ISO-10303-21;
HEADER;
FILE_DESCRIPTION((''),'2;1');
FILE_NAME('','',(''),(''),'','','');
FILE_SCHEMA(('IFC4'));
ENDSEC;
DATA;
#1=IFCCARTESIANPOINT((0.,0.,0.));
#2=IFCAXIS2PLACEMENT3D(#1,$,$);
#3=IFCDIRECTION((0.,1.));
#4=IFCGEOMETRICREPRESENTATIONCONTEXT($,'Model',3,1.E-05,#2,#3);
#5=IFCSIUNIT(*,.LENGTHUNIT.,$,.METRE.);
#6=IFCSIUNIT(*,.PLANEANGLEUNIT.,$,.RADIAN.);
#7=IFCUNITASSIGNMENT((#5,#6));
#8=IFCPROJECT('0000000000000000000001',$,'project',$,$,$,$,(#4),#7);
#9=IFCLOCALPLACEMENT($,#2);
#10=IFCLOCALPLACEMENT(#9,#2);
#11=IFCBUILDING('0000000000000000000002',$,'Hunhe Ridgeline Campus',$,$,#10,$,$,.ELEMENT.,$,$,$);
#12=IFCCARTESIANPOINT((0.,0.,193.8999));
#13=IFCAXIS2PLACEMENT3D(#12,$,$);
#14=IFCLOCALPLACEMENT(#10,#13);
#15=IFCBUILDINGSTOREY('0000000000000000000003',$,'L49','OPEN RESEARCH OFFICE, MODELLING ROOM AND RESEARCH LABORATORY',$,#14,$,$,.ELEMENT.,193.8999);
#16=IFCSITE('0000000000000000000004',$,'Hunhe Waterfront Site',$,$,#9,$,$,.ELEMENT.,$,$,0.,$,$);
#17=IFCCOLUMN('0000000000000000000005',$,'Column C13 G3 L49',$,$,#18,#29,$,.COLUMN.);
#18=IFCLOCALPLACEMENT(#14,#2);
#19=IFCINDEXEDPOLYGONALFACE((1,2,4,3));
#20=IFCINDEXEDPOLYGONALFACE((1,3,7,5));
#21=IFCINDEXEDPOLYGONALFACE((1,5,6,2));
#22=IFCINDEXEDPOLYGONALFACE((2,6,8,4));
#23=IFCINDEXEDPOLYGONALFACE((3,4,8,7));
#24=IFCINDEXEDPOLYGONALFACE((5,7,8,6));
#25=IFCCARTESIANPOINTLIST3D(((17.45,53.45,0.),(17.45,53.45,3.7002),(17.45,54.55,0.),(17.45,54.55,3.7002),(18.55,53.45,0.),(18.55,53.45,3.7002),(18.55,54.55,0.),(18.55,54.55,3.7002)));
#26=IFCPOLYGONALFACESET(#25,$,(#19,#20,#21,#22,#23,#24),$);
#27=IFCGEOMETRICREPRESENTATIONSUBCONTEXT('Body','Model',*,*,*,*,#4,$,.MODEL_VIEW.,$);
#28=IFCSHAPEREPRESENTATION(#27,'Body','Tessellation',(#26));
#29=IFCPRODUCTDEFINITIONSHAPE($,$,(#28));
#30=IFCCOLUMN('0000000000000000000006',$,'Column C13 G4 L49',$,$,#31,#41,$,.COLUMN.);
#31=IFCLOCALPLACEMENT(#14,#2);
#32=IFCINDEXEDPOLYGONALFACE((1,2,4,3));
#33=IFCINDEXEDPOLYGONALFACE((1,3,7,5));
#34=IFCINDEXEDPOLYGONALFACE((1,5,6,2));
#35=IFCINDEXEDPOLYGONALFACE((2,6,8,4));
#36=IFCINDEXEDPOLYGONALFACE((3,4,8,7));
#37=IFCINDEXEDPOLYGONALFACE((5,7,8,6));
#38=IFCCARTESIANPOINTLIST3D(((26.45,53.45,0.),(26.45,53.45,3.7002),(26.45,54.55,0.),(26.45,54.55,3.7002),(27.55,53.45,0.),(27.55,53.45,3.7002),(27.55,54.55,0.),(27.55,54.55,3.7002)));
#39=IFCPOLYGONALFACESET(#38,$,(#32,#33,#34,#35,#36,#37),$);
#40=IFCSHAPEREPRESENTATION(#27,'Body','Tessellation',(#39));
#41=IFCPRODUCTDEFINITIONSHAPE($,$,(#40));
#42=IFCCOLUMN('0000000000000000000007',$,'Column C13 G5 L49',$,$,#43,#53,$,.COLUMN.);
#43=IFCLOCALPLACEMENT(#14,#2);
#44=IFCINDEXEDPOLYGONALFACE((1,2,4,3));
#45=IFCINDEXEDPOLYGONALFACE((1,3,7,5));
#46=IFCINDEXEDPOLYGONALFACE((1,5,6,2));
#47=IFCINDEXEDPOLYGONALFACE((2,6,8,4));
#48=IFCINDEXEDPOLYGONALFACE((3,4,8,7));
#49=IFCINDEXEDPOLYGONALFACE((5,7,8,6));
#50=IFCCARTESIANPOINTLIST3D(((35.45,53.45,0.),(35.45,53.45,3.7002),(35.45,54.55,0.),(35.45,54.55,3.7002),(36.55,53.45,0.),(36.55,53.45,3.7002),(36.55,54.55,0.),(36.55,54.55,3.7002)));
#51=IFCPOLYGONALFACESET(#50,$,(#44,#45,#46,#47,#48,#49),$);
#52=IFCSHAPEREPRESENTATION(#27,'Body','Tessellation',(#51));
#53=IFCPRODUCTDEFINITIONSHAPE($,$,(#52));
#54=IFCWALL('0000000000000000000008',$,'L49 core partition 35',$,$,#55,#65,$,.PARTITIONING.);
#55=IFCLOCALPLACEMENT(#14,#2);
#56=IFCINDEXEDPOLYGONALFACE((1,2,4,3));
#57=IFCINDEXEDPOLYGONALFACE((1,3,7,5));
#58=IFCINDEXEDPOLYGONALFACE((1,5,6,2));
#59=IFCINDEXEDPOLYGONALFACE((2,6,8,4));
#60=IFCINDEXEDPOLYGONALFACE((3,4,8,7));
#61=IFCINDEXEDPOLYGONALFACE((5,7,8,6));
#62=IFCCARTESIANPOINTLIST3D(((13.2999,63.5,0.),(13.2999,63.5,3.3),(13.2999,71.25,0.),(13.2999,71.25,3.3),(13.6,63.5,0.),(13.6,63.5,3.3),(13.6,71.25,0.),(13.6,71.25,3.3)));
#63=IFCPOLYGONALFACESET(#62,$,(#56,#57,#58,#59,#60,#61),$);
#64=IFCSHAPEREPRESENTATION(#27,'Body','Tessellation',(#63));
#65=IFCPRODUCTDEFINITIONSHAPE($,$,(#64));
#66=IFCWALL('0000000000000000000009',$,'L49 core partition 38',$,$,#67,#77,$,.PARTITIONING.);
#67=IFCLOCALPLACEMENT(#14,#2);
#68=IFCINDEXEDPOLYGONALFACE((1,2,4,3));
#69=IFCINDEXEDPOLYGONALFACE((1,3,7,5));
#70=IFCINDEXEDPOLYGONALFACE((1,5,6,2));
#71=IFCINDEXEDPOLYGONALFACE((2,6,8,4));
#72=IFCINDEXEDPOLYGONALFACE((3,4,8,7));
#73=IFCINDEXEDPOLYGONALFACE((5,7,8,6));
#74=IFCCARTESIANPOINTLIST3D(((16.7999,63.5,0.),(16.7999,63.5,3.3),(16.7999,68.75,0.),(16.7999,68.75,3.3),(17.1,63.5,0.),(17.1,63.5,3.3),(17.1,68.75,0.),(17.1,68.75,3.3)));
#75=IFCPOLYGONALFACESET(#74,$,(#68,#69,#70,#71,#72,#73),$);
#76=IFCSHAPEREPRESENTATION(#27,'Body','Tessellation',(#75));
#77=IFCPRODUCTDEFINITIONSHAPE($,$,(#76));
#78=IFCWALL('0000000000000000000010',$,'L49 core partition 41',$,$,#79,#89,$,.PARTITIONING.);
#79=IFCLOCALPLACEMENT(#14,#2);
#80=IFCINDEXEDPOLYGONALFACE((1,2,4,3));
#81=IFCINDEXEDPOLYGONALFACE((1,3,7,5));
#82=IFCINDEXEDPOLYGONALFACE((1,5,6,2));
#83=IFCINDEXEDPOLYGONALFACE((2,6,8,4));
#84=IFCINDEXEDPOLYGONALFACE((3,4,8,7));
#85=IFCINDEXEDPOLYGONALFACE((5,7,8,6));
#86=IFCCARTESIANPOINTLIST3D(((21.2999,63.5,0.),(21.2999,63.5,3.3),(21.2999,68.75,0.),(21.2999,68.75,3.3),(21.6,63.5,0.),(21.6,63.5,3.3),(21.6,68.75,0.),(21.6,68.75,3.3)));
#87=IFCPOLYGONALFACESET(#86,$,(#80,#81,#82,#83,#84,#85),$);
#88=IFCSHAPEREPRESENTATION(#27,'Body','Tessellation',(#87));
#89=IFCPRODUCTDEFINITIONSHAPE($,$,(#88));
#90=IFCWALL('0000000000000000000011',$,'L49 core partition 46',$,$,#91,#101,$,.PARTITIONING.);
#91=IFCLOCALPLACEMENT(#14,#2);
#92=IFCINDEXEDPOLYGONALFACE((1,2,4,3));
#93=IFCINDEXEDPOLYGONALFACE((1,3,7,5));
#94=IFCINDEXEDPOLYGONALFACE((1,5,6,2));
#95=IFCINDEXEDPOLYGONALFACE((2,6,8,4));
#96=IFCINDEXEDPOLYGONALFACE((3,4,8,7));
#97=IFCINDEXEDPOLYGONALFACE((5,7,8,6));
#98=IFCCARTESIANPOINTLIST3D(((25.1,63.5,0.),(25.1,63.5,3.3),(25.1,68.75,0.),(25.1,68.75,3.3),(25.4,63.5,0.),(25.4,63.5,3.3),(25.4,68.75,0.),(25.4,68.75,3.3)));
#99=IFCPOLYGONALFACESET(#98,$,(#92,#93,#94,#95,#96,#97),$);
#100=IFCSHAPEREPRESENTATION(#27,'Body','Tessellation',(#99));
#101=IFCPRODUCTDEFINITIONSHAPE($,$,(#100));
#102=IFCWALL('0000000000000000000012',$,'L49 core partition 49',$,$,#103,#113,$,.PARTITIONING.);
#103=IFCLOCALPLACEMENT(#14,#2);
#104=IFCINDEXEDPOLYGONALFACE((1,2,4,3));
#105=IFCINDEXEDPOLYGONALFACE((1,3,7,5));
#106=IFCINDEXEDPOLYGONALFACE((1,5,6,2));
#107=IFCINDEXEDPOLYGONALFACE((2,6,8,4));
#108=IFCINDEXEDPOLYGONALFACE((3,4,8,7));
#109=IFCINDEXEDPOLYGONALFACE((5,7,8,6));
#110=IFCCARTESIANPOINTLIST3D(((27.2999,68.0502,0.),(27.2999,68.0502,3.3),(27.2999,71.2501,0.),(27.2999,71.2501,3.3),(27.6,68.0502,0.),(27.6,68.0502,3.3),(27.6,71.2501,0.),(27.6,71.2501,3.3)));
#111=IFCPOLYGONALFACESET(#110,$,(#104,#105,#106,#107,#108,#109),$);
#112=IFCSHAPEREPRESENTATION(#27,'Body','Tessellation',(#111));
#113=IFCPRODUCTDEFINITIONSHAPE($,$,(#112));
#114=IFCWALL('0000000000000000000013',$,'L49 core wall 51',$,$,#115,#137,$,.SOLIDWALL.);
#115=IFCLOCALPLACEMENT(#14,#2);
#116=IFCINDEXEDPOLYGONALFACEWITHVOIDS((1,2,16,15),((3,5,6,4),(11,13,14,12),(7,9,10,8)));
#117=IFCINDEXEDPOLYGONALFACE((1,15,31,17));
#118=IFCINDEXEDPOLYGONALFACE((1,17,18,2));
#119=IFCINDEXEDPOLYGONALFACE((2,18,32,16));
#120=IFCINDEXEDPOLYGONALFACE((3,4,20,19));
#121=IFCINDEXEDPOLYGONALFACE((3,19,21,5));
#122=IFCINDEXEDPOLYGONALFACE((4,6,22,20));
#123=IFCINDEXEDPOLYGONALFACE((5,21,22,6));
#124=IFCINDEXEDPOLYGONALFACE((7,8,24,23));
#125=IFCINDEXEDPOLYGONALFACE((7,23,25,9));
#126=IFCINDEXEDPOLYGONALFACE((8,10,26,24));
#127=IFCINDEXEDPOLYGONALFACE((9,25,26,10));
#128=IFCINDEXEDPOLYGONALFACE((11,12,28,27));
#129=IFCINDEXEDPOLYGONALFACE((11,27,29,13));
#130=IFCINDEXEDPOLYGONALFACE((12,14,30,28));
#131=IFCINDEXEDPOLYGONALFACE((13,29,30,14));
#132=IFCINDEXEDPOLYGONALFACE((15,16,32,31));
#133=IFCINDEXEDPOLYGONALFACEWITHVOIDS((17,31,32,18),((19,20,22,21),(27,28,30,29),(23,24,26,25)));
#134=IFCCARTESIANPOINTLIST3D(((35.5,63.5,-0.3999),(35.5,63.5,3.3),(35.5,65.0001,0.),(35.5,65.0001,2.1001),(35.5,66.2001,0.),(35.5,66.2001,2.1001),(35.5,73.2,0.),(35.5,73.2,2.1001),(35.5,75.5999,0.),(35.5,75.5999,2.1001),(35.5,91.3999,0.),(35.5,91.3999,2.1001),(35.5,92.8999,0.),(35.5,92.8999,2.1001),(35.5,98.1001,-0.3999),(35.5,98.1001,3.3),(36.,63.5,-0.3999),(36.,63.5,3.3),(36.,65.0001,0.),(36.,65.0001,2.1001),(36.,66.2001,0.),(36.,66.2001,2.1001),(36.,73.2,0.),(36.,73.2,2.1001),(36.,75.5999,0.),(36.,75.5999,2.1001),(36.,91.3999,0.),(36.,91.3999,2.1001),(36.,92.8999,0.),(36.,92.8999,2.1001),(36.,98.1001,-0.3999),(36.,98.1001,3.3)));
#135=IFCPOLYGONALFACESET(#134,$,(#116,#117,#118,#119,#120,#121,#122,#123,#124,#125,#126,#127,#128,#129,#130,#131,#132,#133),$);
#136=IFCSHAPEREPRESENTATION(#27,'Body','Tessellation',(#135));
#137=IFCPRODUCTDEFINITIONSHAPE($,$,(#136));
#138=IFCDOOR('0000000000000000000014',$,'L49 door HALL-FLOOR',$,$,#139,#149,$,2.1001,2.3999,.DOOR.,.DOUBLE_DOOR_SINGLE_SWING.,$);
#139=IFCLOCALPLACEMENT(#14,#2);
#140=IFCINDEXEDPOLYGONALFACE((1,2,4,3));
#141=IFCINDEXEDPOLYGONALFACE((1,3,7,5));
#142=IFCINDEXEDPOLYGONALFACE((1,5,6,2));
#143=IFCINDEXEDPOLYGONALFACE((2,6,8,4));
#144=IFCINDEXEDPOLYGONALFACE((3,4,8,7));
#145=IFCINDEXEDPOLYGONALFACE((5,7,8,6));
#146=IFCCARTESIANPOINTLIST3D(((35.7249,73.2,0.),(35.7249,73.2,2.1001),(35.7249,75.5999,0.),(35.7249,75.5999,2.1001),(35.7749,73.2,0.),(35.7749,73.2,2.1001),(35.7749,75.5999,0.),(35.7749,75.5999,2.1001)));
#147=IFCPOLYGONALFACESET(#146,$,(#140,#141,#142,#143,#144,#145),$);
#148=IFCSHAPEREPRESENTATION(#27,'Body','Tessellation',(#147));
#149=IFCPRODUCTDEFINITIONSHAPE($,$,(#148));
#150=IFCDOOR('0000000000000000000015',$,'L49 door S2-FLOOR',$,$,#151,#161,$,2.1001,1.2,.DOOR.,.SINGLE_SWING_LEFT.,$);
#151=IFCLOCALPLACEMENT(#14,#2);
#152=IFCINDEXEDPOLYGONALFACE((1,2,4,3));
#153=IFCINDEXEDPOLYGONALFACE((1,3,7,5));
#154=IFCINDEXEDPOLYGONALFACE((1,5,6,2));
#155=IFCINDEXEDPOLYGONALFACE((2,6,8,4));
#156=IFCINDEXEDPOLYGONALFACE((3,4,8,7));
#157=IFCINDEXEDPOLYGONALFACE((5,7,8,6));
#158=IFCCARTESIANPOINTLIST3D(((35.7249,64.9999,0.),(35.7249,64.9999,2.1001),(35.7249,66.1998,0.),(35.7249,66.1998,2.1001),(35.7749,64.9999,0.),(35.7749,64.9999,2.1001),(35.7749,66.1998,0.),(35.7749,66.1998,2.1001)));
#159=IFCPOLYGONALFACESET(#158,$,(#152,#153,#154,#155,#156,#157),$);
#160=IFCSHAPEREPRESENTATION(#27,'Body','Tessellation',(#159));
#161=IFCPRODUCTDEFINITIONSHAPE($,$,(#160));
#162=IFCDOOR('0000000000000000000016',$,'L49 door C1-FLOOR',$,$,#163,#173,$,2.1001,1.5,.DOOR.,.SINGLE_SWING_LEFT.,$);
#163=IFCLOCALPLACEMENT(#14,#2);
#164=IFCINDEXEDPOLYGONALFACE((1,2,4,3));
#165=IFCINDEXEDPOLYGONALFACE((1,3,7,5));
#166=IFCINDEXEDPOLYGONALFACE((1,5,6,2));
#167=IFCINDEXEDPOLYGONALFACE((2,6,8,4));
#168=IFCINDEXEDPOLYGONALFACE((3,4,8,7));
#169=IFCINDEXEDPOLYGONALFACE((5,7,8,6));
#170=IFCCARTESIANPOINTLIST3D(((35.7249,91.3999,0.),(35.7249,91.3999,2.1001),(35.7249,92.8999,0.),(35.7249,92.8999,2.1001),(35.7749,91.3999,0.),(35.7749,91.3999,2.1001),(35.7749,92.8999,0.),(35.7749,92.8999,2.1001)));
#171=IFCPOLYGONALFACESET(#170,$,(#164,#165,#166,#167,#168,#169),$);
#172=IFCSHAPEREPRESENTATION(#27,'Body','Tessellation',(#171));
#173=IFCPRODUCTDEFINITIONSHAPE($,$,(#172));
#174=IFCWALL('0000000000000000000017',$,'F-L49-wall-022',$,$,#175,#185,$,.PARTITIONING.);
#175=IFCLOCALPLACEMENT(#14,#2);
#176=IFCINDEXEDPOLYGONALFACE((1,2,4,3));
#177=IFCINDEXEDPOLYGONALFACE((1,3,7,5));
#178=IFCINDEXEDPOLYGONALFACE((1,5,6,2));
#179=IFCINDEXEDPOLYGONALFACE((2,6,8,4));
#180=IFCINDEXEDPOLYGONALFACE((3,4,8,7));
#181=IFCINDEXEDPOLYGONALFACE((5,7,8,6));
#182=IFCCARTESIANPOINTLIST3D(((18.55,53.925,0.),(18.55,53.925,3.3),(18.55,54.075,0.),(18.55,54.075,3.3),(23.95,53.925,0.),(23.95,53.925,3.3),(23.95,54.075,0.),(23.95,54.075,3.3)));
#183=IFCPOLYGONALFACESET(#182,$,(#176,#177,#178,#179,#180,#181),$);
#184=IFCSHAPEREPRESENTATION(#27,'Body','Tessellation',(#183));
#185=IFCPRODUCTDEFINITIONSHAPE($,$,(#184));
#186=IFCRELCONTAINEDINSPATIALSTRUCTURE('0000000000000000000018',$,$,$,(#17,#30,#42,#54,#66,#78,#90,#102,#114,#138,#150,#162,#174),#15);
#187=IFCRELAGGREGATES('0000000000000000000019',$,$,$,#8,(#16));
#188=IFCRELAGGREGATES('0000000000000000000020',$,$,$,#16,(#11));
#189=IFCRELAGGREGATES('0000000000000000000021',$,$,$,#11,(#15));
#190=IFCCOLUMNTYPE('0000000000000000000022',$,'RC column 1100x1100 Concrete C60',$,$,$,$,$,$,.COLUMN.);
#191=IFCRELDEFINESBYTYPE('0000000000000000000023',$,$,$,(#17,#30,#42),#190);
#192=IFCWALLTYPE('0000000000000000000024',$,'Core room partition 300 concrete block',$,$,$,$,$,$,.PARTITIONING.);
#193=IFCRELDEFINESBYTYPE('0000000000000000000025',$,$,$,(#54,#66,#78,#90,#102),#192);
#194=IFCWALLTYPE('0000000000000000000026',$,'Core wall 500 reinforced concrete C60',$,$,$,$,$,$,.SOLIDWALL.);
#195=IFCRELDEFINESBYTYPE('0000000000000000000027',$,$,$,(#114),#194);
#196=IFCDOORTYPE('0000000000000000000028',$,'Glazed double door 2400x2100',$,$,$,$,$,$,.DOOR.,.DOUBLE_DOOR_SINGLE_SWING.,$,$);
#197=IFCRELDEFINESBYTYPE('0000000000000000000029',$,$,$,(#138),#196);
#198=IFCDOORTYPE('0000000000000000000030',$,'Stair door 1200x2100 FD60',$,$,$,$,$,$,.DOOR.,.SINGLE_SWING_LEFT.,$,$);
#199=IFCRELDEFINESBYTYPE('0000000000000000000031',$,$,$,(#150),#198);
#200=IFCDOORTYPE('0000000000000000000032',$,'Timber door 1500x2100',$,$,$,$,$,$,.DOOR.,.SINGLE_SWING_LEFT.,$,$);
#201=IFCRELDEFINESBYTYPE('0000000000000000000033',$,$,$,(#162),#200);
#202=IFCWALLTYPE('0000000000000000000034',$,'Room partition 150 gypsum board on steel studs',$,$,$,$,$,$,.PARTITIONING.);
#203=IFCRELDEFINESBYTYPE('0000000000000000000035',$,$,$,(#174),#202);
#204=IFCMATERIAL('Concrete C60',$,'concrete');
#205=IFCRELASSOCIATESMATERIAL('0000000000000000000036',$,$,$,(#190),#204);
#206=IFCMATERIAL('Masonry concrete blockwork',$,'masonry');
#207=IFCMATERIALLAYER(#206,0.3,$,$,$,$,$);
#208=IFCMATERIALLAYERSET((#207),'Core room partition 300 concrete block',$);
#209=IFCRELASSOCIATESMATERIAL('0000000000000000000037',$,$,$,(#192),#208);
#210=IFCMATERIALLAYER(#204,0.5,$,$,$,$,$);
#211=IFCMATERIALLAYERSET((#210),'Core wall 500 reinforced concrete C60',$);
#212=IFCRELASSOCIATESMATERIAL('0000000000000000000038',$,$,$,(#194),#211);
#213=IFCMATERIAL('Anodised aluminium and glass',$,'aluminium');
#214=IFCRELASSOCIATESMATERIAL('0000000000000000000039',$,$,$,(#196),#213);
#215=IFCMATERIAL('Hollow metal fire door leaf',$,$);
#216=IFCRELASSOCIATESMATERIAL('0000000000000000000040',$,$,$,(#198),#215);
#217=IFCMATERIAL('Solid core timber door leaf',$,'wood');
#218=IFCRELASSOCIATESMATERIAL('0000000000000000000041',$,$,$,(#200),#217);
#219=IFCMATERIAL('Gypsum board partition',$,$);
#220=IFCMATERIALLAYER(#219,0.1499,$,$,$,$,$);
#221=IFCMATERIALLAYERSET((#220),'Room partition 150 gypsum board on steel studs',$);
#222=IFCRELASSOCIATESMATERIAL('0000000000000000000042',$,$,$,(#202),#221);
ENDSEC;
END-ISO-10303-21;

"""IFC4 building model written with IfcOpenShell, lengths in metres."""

from ifc_helpers import new_model, si_unit, direction, frame, frame_2d, origin, origin_2d, place, context, subcontext, project, spatial, rectangle, extrude, material, layer, layer_set, material_profile, profile_set, type_object, element, fill, save


model = new_model("IFC4")

# Units and contexts
model_context = context("Model", 3, precision=1e-05, world=origin(), true_north=direction((0.0, 1.0)))
body_context = subcontext(model_context, "Body", "Model", "MODEL_VIEW")
ifc_project = project(units=[si_unit("LENGTHUNIT", "METRE"), si_unit("PLANEANGLEUNIT", "RADIAN")], contexts=[model_context])

# Site, building, storey
site_placement = place(None, origin())
site = spatial("IfcSite", under=ifc_project, at=site_placement, Name="Hunhe Waterfront Site", CompositionType="ELEMENT", RefElevation=0.0)
building_placement = place(site_placement, origin())
building = spatial("IfcBuilding", under=site, at=building_placement, Name="Hunhe Ridgeline Campus", CompositionType="ELEMENT")
storey_placement = place(building_placement, frame((0.0, 0.0, 193.8999)))
storey = spatial("IfcBuildingStorey", under=building, at=storey_placement, Name="L49", Description="OPEN RESEARCH OFFICE, MODELLING ROOM AND RESEARCH LABORATORY", CompositionType="ELEMENT", Elevation=193.8999)

# Columns
ifc_material_1 = material(Name="Concrete C60", Category="concrete")
ifc_material_profile = material_profile(ifc_material_1, rectangle(XDim=1.1001, YDim=1.1001, at=origin_2d()))
ifc_profile_set = profile_set([ifc_material_profile], Name="Concrete C60")
column_type = type_object("IfcColumnType", Name="RC column 1100x1100 Concrete C60", PredefinedType="COLUMN", material=ifc_profile_set)
for number, where, z_axis, x_axis, name in (
    (1, (18.0, 54.0, 0.0), (0.0, 0.0, 1.0), (1.0, 0.0, 0.0), "Column C13 G3 L49"),
    (2, (27.0, 54.0, 0.0), (0.0, 0.0, 1.0), (1.0, 0.0, 0.0), "Column C13 G4 L49"),
    (3, (36.0, 54.0, 0.0), (0.0, 0.0, 1.0), (1.0, 0.0, 0.0), "Column C13 G5 L49"),
):
    element("IfcColumn", number, at=place(storey_placement, frame(where, z_axis=z_axis, x_axis=x_axis)), inside=storey, type_object=column_type, Name=name, PredefinedType="COLUMN", context=body_context, shape_type="SweptSolid", body=[
        extrude(rectangle(XDim=1.1001, YDim=1.1001, at=origin_2d()), origin(), (0.0, 0.0, 1.0), 3.7002),
    ])

# Walls
ifc_material_2 = material(Name="Masonry concrete blockwork", Category="masonry")
ifc_layer_1 = layer(ifc_material_2, 0.3)
ifc_layer_set_1 = layer_set([ifc_layer_1], Name="Core room partition 300 concrete block")
wall_type_1 = type_object("IfcWallType", Name="Core room partition 300 concrete block", PredefinedType="PARTITIONING", material=ifc_layer_set_1)
wall_1_placement = place(storey_placement, frame((13.45, 63.5, 0.0), z_axis=(0.0, 0.0, 1.0), x_axis=(0.0, 1.0, 0.0)))
element("IfcWall", 4, at=wall_1_placement, inside=storey, type_object=wall_type_1, Name="L49 core partition 35", PredefinedType="PARTITIONING", context=body_context, shape_type="SweptSolid", body=[
    extrude(rectangle(XDim=7.75, YDim=0.3, at=frame_2d((3.875, 0.0))), origin(), (0.0, 0.0, 1.0), 3.3),
])
for number, where, z_axis, x_axis, name in (
    (5, (16.95, 63.5, 0.0), (0.0, 0.0, 1.0), (0.0, 1.0, 0.0), "L49 core partition 38"),
    (6, (21.45, 63.5, 0.0), (0.0, 0.0, 1.0), (0.0, 1.0, 0.0), "L49 core partition 41"),
    (7, (25.25, 63.5, 0.0), (0.0, 0.0, 1.0), (0.0, 1.0, 0.0), "L49 core partition 46"),
):
    element("IfcWall", number, at=place(storey_placement, frame(where, z_axis=z_axis, x_axis=x_axis)), inside=storey, type_object=wall_type_1, Name=name, PredefinedType="PARTITIONING", context=body_context, shape_type="SweptSolid", body=[
        extrude(rectangle(XDim=5.25, YDim=0.3, at=frame_2d((2.625, 0.0))), origin(), (0.0, 0.0, 1.0), 3.3),
    ])
wall_2_placement = place(storey_placement, frame((27.45, 68.05, 0.0), z_axis=(0.0, 0.0, 1.0), x_axis=(0.0, 1.0, 0.0)))
element("IfcWall", 8, at=wall_2_placement, inside=storey, type_object=wall_type_1, Name="L49 core partition 49", PredefinedType="PARTITIONING", context=body_context, shape_type="SweptSolid", body=[
    extrude(rectangle(XDim=3.2, YDim=0.3, at=frame_2d((1.6001, 0.0))), origin(), (0.0, 0.0, 1.0), 3.3),
])

# Wall, openings, doors
ifc_layer_2 = layer(ifc_material_1, 0.5)
ifc_layer_set_2 = layer_set([ifc_layer_2], Name="Core wall 500 reinforced concrete C60")
wall_type_2 = type_object("IfcWallType", Name="Core wall 500 reinforced concrete C60", PredefinedType="SOLIDWALL", material=ifc_layer_set_2)
wall_3_placement = place(storey_placement, frame((35.75, 63.5, -0.3999), z_axis=(0.0, 0.0, 1.0), x_axis=(0.0, 1.0, 0.0)))
wall_3 = element("IfcWall", 9, at=wall_3_placement, inside=storey, type_object=wall_type_2, Name="L49 core wall 51", PredefinedType="SOLIDWALL", context=body_context, shape_type="SweptSolid", body=[
    extrude(rectangle(XDim=34.6001, YDim=0.5, at=frame_2d((17.3, 0.0))), origin(), (0.0, 0.0, 1.0), 3.7),
])
opening_1_placement = place(wall_3_placement, frame((9.7, 0.0, 0.3999)))
opening_1 = element("IfcOpeningElement", 10, at=opening_1_placement, cuts=wall_3, PredefinedType="OPENING", context=body_context, shape_type="SweptSolid", body=[
    extrude(rectangle(XDim=2.3999, YDim=2.1001, at=frame_2d((1.2, 1.05))), frame((0.0, 0.25, 0.0), z_axis=(0.0, -1.0, 0.0), x_axis=(1.0, 0.0, 0.0)), (0.0, 0.0, 1.0), 0.5),
])
opening_2_placement = place(wall_3_placement, frame((27.8999, 0.0, 0.3999)))
opening_2 = element("IfcOpeningElement", 11, at=opening_2_placement, cuts=wall_3, PredefinedType="OPENING", context=body_context, shape_type="SweptSolid", body=[
    extrude(rectangle(XDim=1.5, YDim=2.1001, at=frame_2d((0.75, 1.05))), frame((0.0, 0.25, 0.0), z_axis=(0.0, -1.0, 0.0), x_axis=(1.0, 0.0, 0.0)), (0.0, 0.0, 1.0), 0.5),
])
opening_3_placement = place(wall_3_placement, frame((1.5, 0.0, 0.3999)))
opening_3 = element("IfcOpeningElement", 12, at=opening_3_placement, cuts=wall_3, PredefinedType="OPENING", context=body_context, shape_type="SweptSolid", body=[
    extrude(rectangle(XDim=1.2, YDim=2.1001, at=frame_2d((0.6001, 1.05))), frame((0.0, 0.25, 0.0), z_axis=(0.0, -1.0, 0.0), x_axis=(1.0, 0.0, 0.0)), (0.0, 0.0, 1.0), 0.5),
])
ifc_material_3 = material(Name="Anodised aluminium and glass", Category="aluminium")
door_type_1 = type_object("IfcDoorType", Name="Glazed double door 2400x2100", OperationType="DOUBLE_DOOR_SINGLE_SWING", PredefinedType="DOOR", material=ifc_material_3)
door_1_placement = place(opening_1_placement, frame((2.3999, 0.0, 0.0), z_axis=(0.0, 0.0, 1.0), x_axis=(-1.0, 0.0, 0.0)))
door_1 = element("IfcDoor", 13, at=door_1_placement, inside=storey, type_object=door_type_1, Name="L49 door HALL-FLOOR", OperationType="DOUBLE_DOOR_SINGLE_SWING", OverallHeight=2.1001, OverallWidth=2.3999, PredefinedType="DOOR", context=body_context, shape_type="SweptSolid", body=[
    extrude(rectangle(XDim=2.3999, YDim=2.1001, at=frame_2d((1.2, 1.05))), frame((0.0, 0.0249, 0.0), z_axis=(0.0, -1.0, 0.0), x_axis=(1.0, 0.0, 0.0)), (0.0, 0.0, 1.0), 0.05),
])
fill(opening_1, door_1)
ifc_material_4 = material(Name="Hollow metal fire door leaf")
door_type_2 = type_object("IfcDoorType", Name="Stair door 1200x2100 FD60", OperationType="SINGLE_SWING_LEFT", PredefinedType="DOOR", material=ifc_material_4)
door_2_placement = place(opening_3_placement, frame((1.2, 0.0, 0.0), z_axis=(0.0, 0.0, 1.0), x_axis=(-1.0, 0.0, 0.0)))
door_2 = element("IfcDoor", 14, at=door_2_placement, inside=storey, type_object=door_type_2, Name="L49 door S2-FLOOR", OperationType="SINGLE_SWING_LEFT", OverallHeight=2.1001, OverallWidth=1.2, PredefinedType="DOOR", context=body_context, shape_type="SweptSolid", body=[
    extrude(rectangle(XDim=1.2, YDim=2.1001, at=frame_2d((0.6001, 1.05))), frame((0.0, 0.0249, 0.0), z_axis=(0.0, -1.0, 0.0), x_axis=(1.0, 0.0, 0.0)), (0.0, 0.0, 1.0), 0.05),
])
fill(opening_3, door_2)
ifc_material_5 = material(Name="Solid core timber door leaf", Category="wood")
door_type_3 = type_object("IfcDoorType", Name="Timber door 1500x2100", OperationType="SINGLE_SWING_LEFT", PredefinedType="DOOR", material=ifc_material_5)
door_3_placement = place(opening_2_placement, frame((1.5, 0.0, 0.0), z_axis=(0.0, 0.0, 1.0), x_axis=(-1.0, 0.0, 0.0)))
door_3 = element("IfcDoor", 15, at=door_3_placement, inside=storey, type_object=door_type_3, Name="L49 door C1-FLOOR", OperationType="SINGLE_SWING_LEFT", OverallHeight=2.1001, OverallWidth=1.5, PredefinedType="DOOR", context=body_context, shape_type="SweptSolid", body=[
    extrude(rectangle(XDim=1.5, YDim=2.1001, at=frame_2d((0.75, 1.05))), frame((0.0, 0.0249, 0.0), z_axis=(0.0, -1.0, 0.0), x_axis=(1.0, 0.0, 0.0)), (0.0, 0.0, 1.0), 0.05),
])
fill(opening_2, door_3)

# Shared definitions
ifc_material_6 = material(Name="Gypsum board partition")

# Wall
ifc_layer_3 = layer(ifc_material_6, 0.1499)
ifc_layer_set_3 = layer_set([ifc_layer_3], Name="Room partition 150 gypsum board on steel studs")
wall_type_3 = type_object("IfcWallType", Name="Room partition 150 gypsum board on steel studs", PredefinedType="PARTITIONING", material=ifc_layer_set_3)
wall_4_placement = place(storey_placement, frame((18.55, 54.0, 0.0), z_axis=(0.0, 0.0, 1.0), x_axis=(1.0, 0.0, 0.0)))
element("IfcWall", 16, at=wall_4_placement, inside=storey, type_object=wall_type_3, Name="F-L49-wall-022", PredefinedType="PARTITIONING", context=body_context, shape_type="SweptSolid", body=[
    extrude(rectangle(XDim=5.3999, YDim=0.1499, at=frame_2d((2.7, 0.0))), origin(), (0.0, 0.0, 1.0), 3.3),
])

save(model, "model.ifc")
